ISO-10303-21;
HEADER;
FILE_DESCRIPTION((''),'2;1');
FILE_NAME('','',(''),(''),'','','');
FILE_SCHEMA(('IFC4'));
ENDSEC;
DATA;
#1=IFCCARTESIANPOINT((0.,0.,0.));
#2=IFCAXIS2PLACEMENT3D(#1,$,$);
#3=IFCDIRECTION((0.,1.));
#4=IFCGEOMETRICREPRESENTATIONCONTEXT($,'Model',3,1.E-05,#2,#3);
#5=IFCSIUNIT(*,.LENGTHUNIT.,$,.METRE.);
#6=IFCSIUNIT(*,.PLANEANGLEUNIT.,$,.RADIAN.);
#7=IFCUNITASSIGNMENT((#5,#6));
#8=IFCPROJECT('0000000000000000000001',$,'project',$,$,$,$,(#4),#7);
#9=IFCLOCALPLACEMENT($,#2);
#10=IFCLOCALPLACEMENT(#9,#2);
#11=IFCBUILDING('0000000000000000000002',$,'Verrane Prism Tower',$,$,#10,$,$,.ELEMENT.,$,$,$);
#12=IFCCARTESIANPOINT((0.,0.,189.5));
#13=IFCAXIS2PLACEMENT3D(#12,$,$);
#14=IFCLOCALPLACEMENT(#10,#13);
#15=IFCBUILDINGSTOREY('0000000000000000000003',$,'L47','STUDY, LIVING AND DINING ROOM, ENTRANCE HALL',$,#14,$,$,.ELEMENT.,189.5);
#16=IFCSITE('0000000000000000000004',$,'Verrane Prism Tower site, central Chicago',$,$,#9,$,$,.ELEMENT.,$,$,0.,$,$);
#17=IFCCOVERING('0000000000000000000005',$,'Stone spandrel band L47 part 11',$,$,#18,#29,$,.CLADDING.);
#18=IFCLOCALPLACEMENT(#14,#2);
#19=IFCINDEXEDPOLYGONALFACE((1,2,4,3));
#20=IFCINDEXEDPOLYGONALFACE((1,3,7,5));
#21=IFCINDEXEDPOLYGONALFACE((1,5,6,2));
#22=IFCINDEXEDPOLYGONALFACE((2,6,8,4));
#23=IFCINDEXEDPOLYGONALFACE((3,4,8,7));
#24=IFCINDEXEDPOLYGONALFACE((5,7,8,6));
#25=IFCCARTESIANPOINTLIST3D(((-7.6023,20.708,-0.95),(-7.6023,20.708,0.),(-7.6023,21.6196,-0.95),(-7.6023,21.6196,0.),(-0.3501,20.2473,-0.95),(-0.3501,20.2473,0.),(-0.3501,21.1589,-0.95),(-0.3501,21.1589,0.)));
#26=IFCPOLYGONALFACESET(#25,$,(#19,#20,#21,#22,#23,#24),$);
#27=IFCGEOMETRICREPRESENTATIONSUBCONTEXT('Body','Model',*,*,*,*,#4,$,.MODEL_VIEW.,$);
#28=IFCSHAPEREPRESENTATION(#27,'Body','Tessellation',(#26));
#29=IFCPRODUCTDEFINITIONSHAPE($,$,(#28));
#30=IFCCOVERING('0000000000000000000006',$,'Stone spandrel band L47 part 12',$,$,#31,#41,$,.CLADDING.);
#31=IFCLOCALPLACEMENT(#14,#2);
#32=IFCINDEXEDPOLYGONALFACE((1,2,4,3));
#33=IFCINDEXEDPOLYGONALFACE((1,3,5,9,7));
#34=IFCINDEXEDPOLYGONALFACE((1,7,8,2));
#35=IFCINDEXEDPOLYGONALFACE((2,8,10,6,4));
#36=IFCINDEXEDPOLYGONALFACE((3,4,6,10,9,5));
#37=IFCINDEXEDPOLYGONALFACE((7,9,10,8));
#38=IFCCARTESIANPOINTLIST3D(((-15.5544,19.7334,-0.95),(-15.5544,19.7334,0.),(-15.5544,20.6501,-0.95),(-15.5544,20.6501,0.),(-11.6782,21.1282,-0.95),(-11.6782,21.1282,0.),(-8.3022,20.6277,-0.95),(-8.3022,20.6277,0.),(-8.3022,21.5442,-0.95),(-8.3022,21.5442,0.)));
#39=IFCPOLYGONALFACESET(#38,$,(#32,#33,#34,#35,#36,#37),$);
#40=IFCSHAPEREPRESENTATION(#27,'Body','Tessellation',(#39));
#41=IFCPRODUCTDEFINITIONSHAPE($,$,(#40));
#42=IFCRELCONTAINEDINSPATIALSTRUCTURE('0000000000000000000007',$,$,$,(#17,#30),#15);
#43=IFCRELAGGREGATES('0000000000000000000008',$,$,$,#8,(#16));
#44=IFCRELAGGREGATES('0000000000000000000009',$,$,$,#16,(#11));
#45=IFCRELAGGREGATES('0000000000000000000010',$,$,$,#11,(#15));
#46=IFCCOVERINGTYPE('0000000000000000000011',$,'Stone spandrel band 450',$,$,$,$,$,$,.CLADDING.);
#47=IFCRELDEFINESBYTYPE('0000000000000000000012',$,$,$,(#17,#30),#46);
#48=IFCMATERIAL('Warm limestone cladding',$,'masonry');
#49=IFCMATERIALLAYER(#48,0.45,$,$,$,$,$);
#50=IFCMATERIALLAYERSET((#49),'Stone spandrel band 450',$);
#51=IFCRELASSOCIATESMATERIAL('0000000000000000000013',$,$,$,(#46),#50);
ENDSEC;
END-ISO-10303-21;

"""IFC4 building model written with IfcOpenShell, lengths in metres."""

from ifc_helpers import new_model, si_unit, direction, frame, origin, place, context, subcontext, project, spatial, polyline, outline, extrude, material, layer, layer_set, type_object, element, save


model = new_model("IFC4")

# Units and contexts
model_context = context("Model", 3, precision=1e-05, world=origin(), true_north=direction((0.0, 1.0)))
body_context = subcontext(model_context, "Body", "Model", "MODEL_VIEW")
ifc_project = project(units=[si_unit("LENGTHUNIT", "METRE"), si_unit("PLANEANGLEUNIT", "RADIAN")], contexts=[model_context])

# Site, building, storey
site_placement = place(None, origin())
site = spatial("IfcSite", under=ifc_project, at=site_placement, Name="Verrane Prism Tower site, central Chicago", CompositionType="ELEMENT", RefElevation=0.0)
building_placement = place(site_placement, origin())
building = spatial("IfcBuilding", under=site, at=building_placement, Name="Verrane Prism Tower", CompositionType="ELEMENT")
storey_placement = place(building_placement, frame((0.0, 0.0, 189.5)))
storey = spatial("IfcBuildingStorey", under=building, at=storey_placement, Name="L47", Description="STUDY, LIVING AND DINING ROOM, ENTRANCE HALL", CompositionType="ELEMENT", Elevation=189.5)

# Coverings
ifc_material_1 = material(Name="Warm limestone cladding", Category="masonry")
ifc_layer_1 = layer(ifc_material_1, 0.45)
ifc_layer_set_1 = layer_set([ifc_layer_1], Name="Stone spandrel band 450")
covering_type = type_object("IfcCoveringType", Name="Stone spandrel band 450", PredefinedType="CLADDING", material=ifc_layer_set_1)
covering_1_placement = place(storey_placement, frame((0.0, 0.0, -0.95)))
element("IfcCovering", 1, at=covering_1_placement, inside=storey, type_object=covering_type, Name="Stone spandrel band L47 part 11", PredefinedType="CLADDING", context=body_context, shape_type="SweptSolid", body=[
    extrude(outline(polyline([(-7.6023, 21.6196), (-7.6023, 20.708), (-0.3501, 20.2473), (-0.3501, 21.1589), (-7.6023, 21.6196)])), origin(), (0.0, 0.0, 1.0), 0.95),
])
covering_2_placement = place(storey_placement, frame((0.0, 0.0, -0.95)))
element("IfcCovering", 2, at=covering_2_placement, inside=storey, type_object=covering_type, Name="Stone spandrel band L47 part 12", PredefinedType="CLADDING", context=body_context, shape_type="SweptSolid", body=[
    extrude(outline(polyline([(-15.5544, 19.7334), (-8.3022, 20.6277), (-8.3022, 21.5442), (-11.6782, 21.1282), (-15.5544, 20.6501), (-15.5544, 19.7334)])), origin(), (0.0, 0.0, 1.0), 0.95),
])

save(model, "model.ifc")
